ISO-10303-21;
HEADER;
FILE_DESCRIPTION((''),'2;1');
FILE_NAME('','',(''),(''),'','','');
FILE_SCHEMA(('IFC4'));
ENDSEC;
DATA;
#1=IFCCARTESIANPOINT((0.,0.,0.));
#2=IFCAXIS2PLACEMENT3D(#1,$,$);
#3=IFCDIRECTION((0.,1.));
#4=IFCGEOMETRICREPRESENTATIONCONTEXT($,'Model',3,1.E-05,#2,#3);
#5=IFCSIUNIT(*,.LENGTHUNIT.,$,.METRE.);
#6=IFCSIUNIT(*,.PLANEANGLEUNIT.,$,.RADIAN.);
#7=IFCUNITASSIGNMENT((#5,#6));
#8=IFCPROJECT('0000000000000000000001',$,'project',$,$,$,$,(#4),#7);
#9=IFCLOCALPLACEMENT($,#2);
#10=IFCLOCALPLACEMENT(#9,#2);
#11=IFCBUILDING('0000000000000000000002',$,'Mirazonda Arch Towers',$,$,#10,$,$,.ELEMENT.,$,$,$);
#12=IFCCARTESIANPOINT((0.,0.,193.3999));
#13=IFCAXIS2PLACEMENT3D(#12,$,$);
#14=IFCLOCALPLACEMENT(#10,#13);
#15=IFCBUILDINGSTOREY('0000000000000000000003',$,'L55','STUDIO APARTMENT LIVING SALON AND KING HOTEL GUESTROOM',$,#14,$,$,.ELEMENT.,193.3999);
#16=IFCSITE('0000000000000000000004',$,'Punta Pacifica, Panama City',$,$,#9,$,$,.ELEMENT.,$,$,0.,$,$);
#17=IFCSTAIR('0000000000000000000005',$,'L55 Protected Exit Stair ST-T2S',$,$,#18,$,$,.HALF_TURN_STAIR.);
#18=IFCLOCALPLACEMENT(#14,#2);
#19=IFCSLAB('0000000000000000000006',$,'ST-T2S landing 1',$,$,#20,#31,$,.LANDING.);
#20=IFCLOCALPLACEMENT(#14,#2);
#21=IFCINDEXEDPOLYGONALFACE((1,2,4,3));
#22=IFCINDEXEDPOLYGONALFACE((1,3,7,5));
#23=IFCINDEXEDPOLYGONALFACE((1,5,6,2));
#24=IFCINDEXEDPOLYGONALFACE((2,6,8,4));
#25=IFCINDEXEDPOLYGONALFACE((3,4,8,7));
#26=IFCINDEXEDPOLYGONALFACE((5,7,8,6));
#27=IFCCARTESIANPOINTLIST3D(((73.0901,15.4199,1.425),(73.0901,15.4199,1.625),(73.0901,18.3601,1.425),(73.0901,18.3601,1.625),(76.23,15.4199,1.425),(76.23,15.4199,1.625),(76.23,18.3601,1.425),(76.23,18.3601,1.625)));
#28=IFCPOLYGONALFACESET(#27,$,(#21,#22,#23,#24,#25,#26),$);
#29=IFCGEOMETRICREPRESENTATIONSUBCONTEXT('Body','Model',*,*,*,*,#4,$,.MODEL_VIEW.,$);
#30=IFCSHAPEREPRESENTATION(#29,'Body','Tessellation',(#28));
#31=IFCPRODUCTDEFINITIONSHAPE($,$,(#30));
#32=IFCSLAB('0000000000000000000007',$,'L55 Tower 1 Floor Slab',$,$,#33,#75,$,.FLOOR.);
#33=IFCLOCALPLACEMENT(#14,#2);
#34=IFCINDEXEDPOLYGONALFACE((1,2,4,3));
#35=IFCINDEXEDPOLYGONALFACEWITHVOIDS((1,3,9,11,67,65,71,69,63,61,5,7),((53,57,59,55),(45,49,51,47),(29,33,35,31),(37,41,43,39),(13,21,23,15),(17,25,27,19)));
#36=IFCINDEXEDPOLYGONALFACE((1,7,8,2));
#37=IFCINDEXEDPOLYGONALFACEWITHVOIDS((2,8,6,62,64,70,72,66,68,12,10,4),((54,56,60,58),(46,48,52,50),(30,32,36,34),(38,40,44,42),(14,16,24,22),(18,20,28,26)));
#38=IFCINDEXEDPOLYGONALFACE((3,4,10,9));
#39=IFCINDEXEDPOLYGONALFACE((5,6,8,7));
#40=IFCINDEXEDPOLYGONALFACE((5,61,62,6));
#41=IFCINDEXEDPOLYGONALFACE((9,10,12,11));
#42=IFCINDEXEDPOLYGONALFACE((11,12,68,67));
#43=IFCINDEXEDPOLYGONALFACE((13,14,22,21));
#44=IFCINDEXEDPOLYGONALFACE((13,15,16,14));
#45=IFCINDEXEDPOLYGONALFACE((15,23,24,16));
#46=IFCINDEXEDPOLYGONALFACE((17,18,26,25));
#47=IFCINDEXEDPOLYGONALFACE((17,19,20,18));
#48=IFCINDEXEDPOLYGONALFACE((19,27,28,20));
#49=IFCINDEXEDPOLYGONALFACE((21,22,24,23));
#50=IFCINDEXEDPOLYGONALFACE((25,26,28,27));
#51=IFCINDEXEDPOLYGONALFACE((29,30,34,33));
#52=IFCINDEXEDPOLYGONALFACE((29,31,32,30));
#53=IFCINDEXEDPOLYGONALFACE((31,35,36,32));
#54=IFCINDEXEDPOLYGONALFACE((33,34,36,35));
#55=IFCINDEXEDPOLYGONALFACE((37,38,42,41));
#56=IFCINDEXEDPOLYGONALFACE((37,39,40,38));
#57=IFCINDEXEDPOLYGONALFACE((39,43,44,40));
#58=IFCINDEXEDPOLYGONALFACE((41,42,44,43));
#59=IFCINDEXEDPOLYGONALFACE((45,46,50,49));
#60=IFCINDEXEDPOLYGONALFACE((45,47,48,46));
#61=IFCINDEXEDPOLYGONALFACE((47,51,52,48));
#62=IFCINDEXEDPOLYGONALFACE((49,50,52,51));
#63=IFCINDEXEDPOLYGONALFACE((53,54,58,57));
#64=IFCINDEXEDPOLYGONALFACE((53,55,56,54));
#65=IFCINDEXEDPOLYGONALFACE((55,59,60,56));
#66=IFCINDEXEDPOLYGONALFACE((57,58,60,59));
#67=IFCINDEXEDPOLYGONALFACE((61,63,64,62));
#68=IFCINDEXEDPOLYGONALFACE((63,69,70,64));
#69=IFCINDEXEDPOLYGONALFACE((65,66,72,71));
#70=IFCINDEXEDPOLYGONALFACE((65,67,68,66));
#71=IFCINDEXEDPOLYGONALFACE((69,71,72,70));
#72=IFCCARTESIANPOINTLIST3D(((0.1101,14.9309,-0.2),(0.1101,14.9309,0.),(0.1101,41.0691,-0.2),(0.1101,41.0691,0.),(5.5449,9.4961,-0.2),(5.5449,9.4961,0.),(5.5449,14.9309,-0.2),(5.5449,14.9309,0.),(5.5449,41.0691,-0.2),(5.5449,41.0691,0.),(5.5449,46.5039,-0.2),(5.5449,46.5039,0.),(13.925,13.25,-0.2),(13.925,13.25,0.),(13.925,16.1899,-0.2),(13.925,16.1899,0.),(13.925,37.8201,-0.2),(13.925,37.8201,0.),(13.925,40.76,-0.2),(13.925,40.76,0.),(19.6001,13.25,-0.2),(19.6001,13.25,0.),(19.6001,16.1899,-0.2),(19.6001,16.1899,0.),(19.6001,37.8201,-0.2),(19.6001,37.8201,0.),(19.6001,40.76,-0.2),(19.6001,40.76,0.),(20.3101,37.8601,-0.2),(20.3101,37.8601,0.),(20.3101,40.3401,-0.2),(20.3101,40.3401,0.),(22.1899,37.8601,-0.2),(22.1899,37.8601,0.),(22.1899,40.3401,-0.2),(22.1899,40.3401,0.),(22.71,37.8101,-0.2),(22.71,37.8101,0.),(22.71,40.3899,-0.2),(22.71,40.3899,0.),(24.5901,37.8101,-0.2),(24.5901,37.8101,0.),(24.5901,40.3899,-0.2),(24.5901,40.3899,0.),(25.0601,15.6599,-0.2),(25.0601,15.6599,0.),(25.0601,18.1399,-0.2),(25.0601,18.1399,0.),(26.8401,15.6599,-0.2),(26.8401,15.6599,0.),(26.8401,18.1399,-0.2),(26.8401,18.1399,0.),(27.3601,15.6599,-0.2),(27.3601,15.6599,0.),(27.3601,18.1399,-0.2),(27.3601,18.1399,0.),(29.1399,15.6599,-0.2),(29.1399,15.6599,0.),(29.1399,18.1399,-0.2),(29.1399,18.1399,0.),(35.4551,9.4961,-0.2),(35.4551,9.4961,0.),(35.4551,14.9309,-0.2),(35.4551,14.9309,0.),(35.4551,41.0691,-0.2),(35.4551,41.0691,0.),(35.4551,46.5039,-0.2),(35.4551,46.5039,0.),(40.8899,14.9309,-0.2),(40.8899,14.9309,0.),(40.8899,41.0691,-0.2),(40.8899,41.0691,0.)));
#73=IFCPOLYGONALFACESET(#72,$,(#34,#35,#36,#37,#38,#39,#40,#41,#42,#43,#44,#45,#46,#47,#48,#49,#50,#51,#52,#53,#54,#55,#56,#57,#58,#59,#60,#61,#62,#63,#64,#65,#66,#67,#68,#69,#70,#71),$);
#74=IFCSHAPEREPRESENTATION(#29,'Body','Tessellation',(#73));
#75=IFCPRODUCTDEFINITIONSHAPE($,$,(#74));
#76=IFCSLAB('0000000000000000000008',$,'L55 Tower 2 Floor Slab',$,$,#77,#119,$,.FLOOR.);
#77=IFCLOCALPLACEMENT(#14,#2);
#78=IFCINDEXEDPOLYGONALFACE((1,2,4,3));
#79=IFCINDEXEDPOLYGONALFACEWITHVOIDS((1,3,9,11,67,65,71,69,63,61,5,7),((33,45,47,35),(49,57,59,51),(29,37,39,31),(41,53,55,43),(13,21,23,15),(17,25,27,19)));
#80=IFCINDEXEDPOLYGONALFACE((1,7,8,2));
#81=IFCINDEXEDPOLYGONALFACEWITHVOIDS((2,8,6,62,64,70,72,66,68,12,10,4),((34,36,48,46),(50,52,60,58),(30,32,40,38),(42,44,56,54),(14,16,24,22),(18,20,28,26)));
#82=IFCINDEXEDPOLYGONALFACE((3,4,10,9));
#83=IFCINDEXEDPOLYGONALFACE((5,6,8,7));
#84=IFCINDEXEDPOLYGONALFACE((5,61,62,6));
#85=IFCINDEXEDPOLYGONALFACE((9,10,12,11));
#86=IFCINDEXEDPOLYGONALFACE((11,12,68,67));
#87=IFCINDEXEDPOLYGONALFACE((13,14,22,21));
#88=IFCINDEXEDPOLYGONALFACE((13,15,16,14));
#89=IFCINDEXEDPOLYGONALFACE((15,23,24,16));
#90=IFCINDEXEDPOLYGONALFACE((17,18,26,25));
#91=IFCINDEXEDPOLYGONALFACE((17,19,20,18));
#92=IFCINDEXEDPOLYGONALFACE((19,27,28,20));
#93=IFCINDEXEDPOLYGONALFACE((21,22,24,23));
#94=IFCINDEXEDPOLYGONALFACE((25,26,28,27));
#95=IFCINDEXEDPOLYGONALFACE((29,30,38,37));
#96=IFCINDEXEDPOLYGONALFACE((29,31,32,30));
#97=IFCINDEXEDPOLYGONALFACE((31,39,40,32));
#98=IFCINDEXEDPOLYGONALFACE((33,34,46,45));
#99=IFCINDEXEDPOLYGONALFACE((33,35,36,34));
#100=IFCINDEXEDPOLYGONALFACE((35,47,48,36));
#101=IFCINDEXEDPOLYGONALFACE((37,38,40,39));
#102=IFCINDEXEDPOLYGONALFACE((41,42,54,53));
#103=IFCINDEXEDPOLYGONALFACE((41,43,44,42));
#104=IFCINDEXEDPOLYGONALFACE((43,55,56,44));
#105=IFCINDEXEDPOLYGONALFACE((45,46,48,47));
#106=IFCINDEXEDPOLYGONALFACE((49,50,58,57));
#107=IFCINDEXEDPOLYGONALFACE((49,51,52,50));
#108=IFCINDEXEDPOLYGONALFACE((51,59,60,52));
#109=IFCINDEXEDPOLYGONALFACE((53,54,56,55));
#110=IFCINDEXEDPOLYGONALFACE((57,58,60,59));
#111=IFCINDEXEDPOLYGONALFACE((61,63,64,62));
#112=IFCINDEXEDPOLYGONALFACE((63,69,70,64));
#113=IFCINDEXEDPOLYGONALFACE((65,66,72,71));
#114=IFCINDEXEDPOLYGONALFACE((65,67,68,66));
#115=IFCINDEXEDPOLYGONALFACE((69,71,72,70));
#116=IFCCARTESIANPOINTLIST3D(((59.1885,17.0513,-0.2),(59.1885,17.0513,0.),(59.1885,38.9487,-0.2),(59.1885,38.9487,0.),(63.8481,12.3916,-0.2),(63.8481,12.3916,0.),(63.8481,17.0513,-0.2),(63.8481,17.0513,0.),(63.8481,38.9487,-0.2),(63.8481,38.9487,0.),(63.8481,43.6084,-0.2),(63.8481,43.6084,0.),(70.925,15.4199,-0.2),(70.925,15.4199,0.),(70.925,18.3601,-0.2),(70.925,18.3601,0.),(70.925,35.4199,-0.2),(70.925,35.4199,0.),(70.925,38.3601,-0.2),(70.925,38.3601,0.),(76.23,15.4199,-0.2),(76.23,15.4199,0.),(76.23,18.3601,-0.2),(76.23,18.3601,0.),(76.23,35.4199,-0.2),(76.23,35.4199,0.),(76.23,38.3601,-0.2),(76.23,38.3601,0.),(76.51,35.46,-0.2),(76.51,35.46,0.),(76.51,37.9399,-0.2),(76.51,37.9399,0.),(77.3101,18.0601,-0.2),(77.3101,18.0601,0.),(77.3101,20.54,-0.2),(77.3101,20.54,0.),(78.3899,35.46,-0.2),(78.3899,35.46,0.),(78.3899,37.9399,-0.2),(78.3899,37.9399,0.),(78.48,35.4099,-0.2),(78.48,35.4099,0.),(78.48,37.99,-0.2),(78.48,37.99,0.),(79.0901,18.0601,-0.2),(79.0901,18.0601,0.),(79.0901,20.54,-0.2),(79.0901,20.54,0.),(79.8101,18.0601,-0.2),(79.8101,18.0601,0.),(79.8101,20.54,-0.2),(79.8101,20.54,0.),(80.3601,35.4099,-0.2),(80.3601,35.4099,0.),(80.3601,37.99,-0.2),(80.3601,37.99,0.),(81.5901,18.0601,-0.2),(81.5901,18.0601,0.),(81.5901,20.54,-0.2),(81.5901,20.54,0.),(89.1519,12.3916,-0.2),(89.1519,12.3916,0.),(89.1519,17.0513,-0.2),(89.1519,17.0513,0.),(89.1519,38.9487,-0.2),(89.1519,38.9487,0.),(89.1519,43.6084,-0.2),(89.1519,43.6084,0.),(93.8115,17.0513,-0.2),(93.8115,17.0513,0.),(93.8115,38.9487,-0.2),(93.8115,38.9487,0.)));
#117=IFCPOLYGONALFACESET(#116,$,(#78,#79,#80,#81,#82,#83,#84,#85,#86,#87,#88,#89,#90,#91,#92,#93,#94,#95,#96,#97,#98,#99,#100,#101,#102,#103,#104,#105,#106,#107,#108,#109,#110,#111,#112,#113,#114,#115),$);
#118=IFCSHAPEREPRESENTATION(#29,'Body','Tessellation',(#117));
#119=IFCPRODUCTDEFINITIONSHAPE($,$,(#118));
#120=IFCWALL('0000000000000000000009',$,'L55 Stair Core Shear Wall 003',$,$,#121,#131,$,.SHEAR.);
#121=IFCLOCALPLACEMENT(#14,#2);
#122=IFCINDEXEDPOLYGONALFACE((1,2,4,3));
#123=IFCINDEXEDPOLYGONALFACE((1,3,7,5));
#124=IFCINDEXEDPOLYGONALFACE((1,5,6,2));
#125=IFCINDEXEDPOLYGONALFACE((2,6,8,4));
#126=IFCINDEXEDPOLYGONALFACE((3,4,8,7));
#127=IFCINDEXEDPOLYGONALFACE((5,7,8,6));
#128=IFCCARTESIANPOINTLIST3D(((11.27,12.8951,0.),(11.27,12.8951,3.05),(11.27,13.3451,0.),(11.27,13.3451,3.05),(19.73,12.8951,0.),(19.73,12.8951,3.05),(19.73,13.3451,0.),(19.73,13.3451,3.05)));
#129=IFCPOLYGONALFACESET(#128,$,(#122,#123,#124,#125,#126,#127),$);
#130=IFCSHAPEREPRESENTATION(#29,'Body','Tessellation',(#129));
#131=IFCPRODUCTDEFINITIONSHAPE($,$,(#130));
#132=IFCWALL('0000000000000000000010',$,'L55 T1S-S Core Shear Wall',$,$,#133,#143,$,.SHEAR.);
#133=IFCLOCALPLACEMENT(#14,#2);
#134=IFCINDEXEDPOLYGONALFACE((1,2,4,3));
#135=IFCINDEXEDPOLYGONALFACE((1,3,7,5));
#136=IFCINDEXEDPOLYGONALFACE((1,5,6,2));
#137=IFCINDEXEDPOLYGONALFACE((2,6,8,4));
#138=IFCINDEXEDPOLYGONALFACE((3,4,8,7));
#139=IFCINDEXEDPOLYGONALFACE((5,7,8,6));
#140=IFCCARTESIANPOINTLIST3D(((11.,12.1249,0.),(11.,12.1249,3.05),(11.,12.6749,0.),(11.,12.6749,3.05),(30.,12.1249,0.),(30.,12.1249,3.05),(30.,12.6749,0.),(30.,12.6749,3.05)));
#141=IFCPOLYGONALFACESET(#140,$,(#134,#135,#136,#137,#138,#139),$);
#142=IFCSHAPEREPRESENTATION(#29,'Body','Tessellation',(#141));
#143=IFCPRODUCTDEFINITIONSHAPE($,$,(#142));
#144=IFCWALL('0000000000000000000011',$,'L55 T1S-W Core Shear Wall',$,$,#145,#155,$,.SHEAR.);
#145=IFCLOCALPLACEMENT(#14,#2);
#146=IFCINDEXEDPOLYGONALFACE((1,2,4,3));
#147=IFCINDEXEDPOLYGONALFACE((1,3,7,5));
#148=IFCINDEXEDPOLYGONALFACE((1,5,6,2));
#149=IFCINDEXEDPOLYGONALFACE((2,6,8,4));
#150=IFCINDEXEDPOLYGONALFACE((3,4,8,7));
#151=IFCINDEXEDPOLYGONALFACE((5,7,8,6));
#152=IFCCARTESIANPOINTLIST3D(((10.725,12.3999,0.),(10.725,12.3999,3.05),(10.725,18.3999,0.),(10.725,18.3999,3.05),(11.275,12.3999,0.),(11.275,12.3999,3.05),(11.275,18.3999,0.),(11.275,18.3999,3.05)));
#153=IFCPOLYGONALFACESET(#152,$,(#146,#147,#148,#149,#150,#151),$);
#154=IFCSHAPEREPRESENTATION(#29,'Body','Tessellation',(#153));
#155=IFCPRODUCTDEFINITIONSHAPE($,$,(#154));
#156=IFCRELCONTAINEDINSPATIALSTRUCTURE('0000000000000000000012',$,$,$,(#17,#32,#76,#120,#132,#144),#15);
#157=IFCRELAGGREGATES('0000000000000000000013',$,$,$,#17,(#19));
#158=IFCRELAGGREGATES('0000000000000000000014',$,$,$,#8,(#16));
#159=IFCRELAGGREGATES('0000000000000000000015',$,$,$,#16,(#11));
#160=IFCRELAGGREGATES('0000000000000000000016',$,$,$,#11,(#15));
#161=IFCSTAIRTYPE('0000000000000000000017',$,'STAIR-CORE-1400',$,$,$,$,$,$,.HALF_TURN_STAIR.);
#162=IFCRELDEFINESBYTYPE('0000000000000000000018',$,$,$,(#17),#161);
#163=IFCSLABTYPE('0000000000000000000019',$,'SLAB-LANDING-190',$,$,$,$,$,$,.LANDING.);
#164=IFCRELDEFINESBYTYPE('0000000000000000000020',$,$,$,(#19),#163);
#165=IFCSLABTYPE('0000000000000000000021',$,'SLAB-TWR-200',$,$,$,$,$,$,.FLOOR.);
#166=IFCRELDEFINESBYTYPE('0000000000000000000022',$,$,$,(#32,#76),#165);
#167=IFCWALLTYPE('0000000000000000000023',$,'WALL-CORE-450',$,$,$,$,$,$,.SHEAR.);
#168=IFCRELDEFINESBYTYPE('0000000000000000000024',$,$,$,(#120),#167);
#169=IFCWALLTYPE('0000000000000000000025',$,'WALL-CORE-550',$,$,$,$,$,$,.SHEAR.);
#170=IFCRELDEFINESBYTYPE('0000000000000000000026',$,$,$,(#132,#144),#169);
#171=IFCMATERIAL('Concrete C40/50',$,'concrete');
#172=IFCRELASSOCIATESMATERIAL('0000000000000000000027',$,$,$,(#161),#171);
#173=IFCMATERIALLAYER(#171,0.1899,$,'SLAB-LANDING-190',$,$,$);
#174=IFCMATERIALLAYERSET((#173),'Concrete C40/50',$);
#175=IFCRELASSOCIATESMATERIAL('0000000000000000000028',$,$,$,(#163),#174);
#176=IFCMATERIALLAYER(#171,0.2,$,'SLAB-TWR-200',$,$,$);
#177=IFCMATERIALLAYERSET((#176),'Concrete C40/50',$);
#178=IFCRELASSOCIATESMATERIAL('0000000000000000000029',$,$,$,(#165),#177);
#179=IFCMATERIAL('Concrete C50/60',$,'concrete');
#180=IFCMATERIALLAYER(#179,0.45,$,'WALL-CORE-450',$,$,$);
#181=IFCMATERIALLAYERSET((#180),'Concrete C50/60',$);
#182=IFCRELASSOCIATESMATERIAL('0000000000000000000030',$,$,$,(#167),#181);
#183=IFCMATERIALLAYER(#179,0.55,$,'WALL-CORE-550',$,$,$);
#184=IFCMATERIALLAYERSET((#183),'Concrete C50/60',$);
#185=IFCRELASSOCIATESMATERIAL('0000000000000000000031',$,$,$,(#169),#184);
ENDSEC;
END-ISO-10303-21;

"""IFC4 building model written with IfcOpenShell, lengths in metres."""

from ifc_helpers import new_model, si_unit, direction, frame, frame_2d, origin, place, context, subcontext, project, spatial, polyline, rectangle, outline, extrude, material, layer, layer_set, type_object, element, aggregate, save


model = new_model("IFC4")

# Units and contexts
model_context = context("Model", 3, precision=1e-05, world=origin(), true_north=direction((0.0, 1.0)))
body_context = subcontext(model_context, "Body", "Model", "MODEL_VIEW")
ifc_project = project(units=[si_unit("LENGTHUNIT", "METRE"), si_unit("PLANEANGLEUNIT", "RADIAN")], contexts=[model_context])

# Site, building, storey
site_placement = place(None, origin())
site = spatial("IfcSite", under=ifc_project, at=site_placement, Name="Punta Pacifica, Panama City", CompositionType="ELEMENT", RefElevation=0.0)
building_placement = place(site_placement, origin())
building = spatial("IfcBuilding", under=site, at=building_placement, Name="Mirazonda Arch Towers", CompositionType="ELEMENT")
storey_placement = place(building_placement, frame((0.0, 0.0, 193.3999)))
storey = spatial("IfcBuildingStorey", under=building, at=storey_placement, Name="L55", Description="STUDIO APARTMENT LIVING SALON AND KING HOTEL GUESTROOM", CompositionType="ELEMENT", Elevation=193.3999)

# Shared definitions
ifc_material_1 = material(Name="Concrete C50/60", Category="concrete")

# Stair, slab
ifc_material_2 = material(Name="Concrete C40/50", Category="concrete")
stair_type = type_object("IfcStairType", Name="STAIR-CORE-1400", PredefinedType="HALF_TURN_STAIR", material=ifc_material_2)
ifc_layer_1 = layer(ifc_material_2, 0.1899, Name="SLAB-LANDING-190")
ifc_layer_set_1 = layer_set([ifc_layer_1], Name="Concrete C40/50")
slab_type_1 = type_object("IfcSlabType", Name="SLAB-LANDING-190", PredefinedType="LANDING", material=ifc_layer_set_1)
stair_1_placement = place(storey_placement, origin())
stair_1 = element("IfcStair", 1, at=stair_1_placement, inside=storey, type_object=stair_type, Name="L55 Protected Exit Stair ST-T2S", PredefinedType="HALF_TURN_STAIR")
slab_1_placement = place(storey_placement, frame((0.0, 0.0, 1.425)))
slab_1 = element("IfcSlab", 2, at=slab_1_placement, type_object=slab_type_1, Name="ST-T2S landing 1", PredefinedType="LANDING", context=body_context, shape_type="SweptSolid", body=[
    extrude(outline(polyline([(73.0901, 15.4199), (76.23, 15.4199), (76.23, 18.3601), (73.0901, 18.3601), (73.0901, 15.4199)])), origin(), (0.0, 0.0, 1.0), 0.2),
])
aggregate(stair_1, [slab_1])

# Slabs
ifc_layer_2 = layer(ifc_material_2, 0.2, Name="SLAB-TWR-200")
ifc_layer_set_2 = layer_set([ifc_layer_2], Name="Concrete C40/50")
slab_type_2 = type_object("IfcSlabType", Name="SLAB-TWR-200", PredefinedType="FLOOR", material=ifc_layer_set_2)
slab_2_placement = place(storey_placement, frame((0.0, 0.0, -0.2)))
element("IfcSlab", 3, at=slab_2_placement, inside=storey, type_object=slab_type_2, Name="L55 Tower 1 Floor Slab", PredefinedType="FLOOR", context=body_context, shape_type="SweptSolid", body=[
    extrude(outline(polyline([(5.5449, 9.4961), (35.4551, 9.4961), (35.4551, 14.9309), (40.8899, 14.9309), (40.8899, 41.0691), (35.4551, 41.0691), (35.4551, 46.5039), (5.5449, 46.5039), (5.5449, 41.0691), (0.1101, 41.0691), (0.1101, 14.9309), (5.5449, 14.9309), (5.5449, 9.4961)]), holes=[polyline([(27.3601, 18.1399), (29.1399, 18.1399), (29.1399, 15.6599), (27.3601, 15.6599), (27.3601, 18.1399)]), polyline([(25.0601, 18.1399), (26.8401, 18.1399), (26.8401, 15.6599), (25.0601, 15.6599), (25.0601, 18.1399)]), polyline([(22.71, 40.3899), (24.5901, 40.3899), (24.5901, 37.8101), (22.71, 37.8101), (22.71, 40.3899)]), polyline([(20.3101, 37.8601), (20.3101, 40.3401), (22.1899, 40.3401), (22.1899, 37.8601), (20.3101, 37.8601)]), polyline([(19.6001, 13.25), (13.925, 13.25), (13.925, 16.1899), (19.6001, 16.1899), (19.6001, 13.25)]), polyline([(13.925, 37.8201), (13.925, 40.76), (19.6001, 40.76), (19.6001, 37.8201), (13.925, 37.8201)])]), origin(), (0.0, 0.0, 1.0), 0.2),
])
slab_3_placement = place(storey_placement, frame((0.0, 0.0, -0.2)))
element("IfcSlab", 4, at=slab_3_placement, inside=storey, type_object=slab_type_2, Name="L55 Tower 2 Floor Slab", PredefinedType="FLOOR", context=body_context, shape_type="SweptSolid", body=[
    extrude(outline(polyline([(63.8481, 12.3916), (89.1519, 12.3916), (89.1519, 17.0513), (93.8115, 17.0513), (93.8115, 38.9487), (89.1519, 38.9487), (89.1519, 43.6084), (63.8481, 43.6084), (63.8481, 38.9487), (59.1885, 38.9487), (59.1885, 17.0513), (63.8481, 17.0513), (63.8481, 12.3916)]), holes=[polyline([(79.8101, 20.54), (81.5901, 20.54), (81.5901, 18.0601), (79.8101, 18.0601), (79.8101, 20.54)]), polyline([(78.48, 37.99), (80.3601, 37.99), (80.3601, 35.4099), (78.48, 35.4099), (78.48, 37.99)]), polyline([(77.3101, 20.54), (79.0901, 20.54), (79.0901, 18.0601), (77.3101, 18.0601), (77.3101, 20.54)]), polyline([(76.51, 35.46), (76.51, 37.9399), (78.3899, 37.9399), (78.3899, 35.46), (76.51, 35.46)]), polyline([(76.23, 15.4199), (70.925, 15.4199), (70.925, 18.3601), (76.23, 18.3601), (76.23, 15.4199)]), polyline([(70.925, 35.4199), (70.925, 38.3601), (76.23, 38.3601), (76.23, 35.4199), (70.925, 35.4199)])]), origin(), (0.0, 0.0, 1.0), 0.2),
])

# Walls
ifc_layer_3 = layer(ifc_material_1, 0.45, Name="WALL-CORE-450")
ifc_layer_set_3 = layer_set([ifc_layer_3], Name="Concrete C50/60")
wall_type_1 = type_object("IfcWallType", Name="WALL-CORE-450", PredefinedType="SHEAR", material=ifc_layer_set_3)
wall_1_placement = place(storey_placement, frame((11.27, 13.1201, 0.0), z_axis=(0.0, 0.0, 1.0), x_axis=(1.0, 0.0, 0.0)))
element("IfcWall", 5, at=wall_1_placement, inside=storey, type_object=wall_type_1, Name="L55 Stair Core Shear Wall 003", PredefinedType="SHEAR", context=body_context, shape_type="SweptSolid", body=[
    extrude(rectangle(XDim=8.46, YDim=0.45, at=frame_2d((4.23, 0.0))), origin(), (0.0, 0.0, 1.0), 3.05),
])
ifc_layer_4 = layer(ifc_material_1, 0.55, Name="WALL-CORE-550")
ifc_layer_set_4 = layer_set([ifc_layer_4], Name="Concrete C50/60")
wall_type_2 = type_object("IfcWallType", Name="WALL-CORE-550", PredefinedType="SHEAR", material=ifc_layer_set_4)
wall_2_placement = place(storey_placement, frame((11.0, 12.3999, 0.0), z_axis=(0.0, 0.0, 1.0), x_axis=(1.0, 0.0, 0.0)))
element("IfcWall", 6, at=wall_2_placement, inside=storey, type_object=wall_type_2, Name="L55 T1S-S Core Shear Wall", PredefinedType="SHEAR", context=body_context, shape_type="SweptSolid", body=[
    extrude(rectangle(XDim=19.0, YDim=0.55, at=frame_2d((9.5, 0.0))), origin(), (0.0, 0.0, 1.0), 3.05),
])
wall_3_placement = place(storey_placement, frame((11.0, 12.3999, 0.0), z_axis=(0.0, 0.0, 1.0), x_axis=(0.0, 1.0, 0.0)))
element("IfcWall", 7, at=wall_3_placement, inside=storey, type_object=wall_type_2, Name="L55 T1S-W Core Shear Wall", PredefinedType="SHEAR", context=body_context, shape_type="SweptSolid", body=[
    extrude(rectangle(XDim=6.0, YDim=0.55, at=frame_2d((3.0, 0.0))), origin(), (0.0, 0.0, 1.0), 3.05),
])

save(model, "model.ifc")
